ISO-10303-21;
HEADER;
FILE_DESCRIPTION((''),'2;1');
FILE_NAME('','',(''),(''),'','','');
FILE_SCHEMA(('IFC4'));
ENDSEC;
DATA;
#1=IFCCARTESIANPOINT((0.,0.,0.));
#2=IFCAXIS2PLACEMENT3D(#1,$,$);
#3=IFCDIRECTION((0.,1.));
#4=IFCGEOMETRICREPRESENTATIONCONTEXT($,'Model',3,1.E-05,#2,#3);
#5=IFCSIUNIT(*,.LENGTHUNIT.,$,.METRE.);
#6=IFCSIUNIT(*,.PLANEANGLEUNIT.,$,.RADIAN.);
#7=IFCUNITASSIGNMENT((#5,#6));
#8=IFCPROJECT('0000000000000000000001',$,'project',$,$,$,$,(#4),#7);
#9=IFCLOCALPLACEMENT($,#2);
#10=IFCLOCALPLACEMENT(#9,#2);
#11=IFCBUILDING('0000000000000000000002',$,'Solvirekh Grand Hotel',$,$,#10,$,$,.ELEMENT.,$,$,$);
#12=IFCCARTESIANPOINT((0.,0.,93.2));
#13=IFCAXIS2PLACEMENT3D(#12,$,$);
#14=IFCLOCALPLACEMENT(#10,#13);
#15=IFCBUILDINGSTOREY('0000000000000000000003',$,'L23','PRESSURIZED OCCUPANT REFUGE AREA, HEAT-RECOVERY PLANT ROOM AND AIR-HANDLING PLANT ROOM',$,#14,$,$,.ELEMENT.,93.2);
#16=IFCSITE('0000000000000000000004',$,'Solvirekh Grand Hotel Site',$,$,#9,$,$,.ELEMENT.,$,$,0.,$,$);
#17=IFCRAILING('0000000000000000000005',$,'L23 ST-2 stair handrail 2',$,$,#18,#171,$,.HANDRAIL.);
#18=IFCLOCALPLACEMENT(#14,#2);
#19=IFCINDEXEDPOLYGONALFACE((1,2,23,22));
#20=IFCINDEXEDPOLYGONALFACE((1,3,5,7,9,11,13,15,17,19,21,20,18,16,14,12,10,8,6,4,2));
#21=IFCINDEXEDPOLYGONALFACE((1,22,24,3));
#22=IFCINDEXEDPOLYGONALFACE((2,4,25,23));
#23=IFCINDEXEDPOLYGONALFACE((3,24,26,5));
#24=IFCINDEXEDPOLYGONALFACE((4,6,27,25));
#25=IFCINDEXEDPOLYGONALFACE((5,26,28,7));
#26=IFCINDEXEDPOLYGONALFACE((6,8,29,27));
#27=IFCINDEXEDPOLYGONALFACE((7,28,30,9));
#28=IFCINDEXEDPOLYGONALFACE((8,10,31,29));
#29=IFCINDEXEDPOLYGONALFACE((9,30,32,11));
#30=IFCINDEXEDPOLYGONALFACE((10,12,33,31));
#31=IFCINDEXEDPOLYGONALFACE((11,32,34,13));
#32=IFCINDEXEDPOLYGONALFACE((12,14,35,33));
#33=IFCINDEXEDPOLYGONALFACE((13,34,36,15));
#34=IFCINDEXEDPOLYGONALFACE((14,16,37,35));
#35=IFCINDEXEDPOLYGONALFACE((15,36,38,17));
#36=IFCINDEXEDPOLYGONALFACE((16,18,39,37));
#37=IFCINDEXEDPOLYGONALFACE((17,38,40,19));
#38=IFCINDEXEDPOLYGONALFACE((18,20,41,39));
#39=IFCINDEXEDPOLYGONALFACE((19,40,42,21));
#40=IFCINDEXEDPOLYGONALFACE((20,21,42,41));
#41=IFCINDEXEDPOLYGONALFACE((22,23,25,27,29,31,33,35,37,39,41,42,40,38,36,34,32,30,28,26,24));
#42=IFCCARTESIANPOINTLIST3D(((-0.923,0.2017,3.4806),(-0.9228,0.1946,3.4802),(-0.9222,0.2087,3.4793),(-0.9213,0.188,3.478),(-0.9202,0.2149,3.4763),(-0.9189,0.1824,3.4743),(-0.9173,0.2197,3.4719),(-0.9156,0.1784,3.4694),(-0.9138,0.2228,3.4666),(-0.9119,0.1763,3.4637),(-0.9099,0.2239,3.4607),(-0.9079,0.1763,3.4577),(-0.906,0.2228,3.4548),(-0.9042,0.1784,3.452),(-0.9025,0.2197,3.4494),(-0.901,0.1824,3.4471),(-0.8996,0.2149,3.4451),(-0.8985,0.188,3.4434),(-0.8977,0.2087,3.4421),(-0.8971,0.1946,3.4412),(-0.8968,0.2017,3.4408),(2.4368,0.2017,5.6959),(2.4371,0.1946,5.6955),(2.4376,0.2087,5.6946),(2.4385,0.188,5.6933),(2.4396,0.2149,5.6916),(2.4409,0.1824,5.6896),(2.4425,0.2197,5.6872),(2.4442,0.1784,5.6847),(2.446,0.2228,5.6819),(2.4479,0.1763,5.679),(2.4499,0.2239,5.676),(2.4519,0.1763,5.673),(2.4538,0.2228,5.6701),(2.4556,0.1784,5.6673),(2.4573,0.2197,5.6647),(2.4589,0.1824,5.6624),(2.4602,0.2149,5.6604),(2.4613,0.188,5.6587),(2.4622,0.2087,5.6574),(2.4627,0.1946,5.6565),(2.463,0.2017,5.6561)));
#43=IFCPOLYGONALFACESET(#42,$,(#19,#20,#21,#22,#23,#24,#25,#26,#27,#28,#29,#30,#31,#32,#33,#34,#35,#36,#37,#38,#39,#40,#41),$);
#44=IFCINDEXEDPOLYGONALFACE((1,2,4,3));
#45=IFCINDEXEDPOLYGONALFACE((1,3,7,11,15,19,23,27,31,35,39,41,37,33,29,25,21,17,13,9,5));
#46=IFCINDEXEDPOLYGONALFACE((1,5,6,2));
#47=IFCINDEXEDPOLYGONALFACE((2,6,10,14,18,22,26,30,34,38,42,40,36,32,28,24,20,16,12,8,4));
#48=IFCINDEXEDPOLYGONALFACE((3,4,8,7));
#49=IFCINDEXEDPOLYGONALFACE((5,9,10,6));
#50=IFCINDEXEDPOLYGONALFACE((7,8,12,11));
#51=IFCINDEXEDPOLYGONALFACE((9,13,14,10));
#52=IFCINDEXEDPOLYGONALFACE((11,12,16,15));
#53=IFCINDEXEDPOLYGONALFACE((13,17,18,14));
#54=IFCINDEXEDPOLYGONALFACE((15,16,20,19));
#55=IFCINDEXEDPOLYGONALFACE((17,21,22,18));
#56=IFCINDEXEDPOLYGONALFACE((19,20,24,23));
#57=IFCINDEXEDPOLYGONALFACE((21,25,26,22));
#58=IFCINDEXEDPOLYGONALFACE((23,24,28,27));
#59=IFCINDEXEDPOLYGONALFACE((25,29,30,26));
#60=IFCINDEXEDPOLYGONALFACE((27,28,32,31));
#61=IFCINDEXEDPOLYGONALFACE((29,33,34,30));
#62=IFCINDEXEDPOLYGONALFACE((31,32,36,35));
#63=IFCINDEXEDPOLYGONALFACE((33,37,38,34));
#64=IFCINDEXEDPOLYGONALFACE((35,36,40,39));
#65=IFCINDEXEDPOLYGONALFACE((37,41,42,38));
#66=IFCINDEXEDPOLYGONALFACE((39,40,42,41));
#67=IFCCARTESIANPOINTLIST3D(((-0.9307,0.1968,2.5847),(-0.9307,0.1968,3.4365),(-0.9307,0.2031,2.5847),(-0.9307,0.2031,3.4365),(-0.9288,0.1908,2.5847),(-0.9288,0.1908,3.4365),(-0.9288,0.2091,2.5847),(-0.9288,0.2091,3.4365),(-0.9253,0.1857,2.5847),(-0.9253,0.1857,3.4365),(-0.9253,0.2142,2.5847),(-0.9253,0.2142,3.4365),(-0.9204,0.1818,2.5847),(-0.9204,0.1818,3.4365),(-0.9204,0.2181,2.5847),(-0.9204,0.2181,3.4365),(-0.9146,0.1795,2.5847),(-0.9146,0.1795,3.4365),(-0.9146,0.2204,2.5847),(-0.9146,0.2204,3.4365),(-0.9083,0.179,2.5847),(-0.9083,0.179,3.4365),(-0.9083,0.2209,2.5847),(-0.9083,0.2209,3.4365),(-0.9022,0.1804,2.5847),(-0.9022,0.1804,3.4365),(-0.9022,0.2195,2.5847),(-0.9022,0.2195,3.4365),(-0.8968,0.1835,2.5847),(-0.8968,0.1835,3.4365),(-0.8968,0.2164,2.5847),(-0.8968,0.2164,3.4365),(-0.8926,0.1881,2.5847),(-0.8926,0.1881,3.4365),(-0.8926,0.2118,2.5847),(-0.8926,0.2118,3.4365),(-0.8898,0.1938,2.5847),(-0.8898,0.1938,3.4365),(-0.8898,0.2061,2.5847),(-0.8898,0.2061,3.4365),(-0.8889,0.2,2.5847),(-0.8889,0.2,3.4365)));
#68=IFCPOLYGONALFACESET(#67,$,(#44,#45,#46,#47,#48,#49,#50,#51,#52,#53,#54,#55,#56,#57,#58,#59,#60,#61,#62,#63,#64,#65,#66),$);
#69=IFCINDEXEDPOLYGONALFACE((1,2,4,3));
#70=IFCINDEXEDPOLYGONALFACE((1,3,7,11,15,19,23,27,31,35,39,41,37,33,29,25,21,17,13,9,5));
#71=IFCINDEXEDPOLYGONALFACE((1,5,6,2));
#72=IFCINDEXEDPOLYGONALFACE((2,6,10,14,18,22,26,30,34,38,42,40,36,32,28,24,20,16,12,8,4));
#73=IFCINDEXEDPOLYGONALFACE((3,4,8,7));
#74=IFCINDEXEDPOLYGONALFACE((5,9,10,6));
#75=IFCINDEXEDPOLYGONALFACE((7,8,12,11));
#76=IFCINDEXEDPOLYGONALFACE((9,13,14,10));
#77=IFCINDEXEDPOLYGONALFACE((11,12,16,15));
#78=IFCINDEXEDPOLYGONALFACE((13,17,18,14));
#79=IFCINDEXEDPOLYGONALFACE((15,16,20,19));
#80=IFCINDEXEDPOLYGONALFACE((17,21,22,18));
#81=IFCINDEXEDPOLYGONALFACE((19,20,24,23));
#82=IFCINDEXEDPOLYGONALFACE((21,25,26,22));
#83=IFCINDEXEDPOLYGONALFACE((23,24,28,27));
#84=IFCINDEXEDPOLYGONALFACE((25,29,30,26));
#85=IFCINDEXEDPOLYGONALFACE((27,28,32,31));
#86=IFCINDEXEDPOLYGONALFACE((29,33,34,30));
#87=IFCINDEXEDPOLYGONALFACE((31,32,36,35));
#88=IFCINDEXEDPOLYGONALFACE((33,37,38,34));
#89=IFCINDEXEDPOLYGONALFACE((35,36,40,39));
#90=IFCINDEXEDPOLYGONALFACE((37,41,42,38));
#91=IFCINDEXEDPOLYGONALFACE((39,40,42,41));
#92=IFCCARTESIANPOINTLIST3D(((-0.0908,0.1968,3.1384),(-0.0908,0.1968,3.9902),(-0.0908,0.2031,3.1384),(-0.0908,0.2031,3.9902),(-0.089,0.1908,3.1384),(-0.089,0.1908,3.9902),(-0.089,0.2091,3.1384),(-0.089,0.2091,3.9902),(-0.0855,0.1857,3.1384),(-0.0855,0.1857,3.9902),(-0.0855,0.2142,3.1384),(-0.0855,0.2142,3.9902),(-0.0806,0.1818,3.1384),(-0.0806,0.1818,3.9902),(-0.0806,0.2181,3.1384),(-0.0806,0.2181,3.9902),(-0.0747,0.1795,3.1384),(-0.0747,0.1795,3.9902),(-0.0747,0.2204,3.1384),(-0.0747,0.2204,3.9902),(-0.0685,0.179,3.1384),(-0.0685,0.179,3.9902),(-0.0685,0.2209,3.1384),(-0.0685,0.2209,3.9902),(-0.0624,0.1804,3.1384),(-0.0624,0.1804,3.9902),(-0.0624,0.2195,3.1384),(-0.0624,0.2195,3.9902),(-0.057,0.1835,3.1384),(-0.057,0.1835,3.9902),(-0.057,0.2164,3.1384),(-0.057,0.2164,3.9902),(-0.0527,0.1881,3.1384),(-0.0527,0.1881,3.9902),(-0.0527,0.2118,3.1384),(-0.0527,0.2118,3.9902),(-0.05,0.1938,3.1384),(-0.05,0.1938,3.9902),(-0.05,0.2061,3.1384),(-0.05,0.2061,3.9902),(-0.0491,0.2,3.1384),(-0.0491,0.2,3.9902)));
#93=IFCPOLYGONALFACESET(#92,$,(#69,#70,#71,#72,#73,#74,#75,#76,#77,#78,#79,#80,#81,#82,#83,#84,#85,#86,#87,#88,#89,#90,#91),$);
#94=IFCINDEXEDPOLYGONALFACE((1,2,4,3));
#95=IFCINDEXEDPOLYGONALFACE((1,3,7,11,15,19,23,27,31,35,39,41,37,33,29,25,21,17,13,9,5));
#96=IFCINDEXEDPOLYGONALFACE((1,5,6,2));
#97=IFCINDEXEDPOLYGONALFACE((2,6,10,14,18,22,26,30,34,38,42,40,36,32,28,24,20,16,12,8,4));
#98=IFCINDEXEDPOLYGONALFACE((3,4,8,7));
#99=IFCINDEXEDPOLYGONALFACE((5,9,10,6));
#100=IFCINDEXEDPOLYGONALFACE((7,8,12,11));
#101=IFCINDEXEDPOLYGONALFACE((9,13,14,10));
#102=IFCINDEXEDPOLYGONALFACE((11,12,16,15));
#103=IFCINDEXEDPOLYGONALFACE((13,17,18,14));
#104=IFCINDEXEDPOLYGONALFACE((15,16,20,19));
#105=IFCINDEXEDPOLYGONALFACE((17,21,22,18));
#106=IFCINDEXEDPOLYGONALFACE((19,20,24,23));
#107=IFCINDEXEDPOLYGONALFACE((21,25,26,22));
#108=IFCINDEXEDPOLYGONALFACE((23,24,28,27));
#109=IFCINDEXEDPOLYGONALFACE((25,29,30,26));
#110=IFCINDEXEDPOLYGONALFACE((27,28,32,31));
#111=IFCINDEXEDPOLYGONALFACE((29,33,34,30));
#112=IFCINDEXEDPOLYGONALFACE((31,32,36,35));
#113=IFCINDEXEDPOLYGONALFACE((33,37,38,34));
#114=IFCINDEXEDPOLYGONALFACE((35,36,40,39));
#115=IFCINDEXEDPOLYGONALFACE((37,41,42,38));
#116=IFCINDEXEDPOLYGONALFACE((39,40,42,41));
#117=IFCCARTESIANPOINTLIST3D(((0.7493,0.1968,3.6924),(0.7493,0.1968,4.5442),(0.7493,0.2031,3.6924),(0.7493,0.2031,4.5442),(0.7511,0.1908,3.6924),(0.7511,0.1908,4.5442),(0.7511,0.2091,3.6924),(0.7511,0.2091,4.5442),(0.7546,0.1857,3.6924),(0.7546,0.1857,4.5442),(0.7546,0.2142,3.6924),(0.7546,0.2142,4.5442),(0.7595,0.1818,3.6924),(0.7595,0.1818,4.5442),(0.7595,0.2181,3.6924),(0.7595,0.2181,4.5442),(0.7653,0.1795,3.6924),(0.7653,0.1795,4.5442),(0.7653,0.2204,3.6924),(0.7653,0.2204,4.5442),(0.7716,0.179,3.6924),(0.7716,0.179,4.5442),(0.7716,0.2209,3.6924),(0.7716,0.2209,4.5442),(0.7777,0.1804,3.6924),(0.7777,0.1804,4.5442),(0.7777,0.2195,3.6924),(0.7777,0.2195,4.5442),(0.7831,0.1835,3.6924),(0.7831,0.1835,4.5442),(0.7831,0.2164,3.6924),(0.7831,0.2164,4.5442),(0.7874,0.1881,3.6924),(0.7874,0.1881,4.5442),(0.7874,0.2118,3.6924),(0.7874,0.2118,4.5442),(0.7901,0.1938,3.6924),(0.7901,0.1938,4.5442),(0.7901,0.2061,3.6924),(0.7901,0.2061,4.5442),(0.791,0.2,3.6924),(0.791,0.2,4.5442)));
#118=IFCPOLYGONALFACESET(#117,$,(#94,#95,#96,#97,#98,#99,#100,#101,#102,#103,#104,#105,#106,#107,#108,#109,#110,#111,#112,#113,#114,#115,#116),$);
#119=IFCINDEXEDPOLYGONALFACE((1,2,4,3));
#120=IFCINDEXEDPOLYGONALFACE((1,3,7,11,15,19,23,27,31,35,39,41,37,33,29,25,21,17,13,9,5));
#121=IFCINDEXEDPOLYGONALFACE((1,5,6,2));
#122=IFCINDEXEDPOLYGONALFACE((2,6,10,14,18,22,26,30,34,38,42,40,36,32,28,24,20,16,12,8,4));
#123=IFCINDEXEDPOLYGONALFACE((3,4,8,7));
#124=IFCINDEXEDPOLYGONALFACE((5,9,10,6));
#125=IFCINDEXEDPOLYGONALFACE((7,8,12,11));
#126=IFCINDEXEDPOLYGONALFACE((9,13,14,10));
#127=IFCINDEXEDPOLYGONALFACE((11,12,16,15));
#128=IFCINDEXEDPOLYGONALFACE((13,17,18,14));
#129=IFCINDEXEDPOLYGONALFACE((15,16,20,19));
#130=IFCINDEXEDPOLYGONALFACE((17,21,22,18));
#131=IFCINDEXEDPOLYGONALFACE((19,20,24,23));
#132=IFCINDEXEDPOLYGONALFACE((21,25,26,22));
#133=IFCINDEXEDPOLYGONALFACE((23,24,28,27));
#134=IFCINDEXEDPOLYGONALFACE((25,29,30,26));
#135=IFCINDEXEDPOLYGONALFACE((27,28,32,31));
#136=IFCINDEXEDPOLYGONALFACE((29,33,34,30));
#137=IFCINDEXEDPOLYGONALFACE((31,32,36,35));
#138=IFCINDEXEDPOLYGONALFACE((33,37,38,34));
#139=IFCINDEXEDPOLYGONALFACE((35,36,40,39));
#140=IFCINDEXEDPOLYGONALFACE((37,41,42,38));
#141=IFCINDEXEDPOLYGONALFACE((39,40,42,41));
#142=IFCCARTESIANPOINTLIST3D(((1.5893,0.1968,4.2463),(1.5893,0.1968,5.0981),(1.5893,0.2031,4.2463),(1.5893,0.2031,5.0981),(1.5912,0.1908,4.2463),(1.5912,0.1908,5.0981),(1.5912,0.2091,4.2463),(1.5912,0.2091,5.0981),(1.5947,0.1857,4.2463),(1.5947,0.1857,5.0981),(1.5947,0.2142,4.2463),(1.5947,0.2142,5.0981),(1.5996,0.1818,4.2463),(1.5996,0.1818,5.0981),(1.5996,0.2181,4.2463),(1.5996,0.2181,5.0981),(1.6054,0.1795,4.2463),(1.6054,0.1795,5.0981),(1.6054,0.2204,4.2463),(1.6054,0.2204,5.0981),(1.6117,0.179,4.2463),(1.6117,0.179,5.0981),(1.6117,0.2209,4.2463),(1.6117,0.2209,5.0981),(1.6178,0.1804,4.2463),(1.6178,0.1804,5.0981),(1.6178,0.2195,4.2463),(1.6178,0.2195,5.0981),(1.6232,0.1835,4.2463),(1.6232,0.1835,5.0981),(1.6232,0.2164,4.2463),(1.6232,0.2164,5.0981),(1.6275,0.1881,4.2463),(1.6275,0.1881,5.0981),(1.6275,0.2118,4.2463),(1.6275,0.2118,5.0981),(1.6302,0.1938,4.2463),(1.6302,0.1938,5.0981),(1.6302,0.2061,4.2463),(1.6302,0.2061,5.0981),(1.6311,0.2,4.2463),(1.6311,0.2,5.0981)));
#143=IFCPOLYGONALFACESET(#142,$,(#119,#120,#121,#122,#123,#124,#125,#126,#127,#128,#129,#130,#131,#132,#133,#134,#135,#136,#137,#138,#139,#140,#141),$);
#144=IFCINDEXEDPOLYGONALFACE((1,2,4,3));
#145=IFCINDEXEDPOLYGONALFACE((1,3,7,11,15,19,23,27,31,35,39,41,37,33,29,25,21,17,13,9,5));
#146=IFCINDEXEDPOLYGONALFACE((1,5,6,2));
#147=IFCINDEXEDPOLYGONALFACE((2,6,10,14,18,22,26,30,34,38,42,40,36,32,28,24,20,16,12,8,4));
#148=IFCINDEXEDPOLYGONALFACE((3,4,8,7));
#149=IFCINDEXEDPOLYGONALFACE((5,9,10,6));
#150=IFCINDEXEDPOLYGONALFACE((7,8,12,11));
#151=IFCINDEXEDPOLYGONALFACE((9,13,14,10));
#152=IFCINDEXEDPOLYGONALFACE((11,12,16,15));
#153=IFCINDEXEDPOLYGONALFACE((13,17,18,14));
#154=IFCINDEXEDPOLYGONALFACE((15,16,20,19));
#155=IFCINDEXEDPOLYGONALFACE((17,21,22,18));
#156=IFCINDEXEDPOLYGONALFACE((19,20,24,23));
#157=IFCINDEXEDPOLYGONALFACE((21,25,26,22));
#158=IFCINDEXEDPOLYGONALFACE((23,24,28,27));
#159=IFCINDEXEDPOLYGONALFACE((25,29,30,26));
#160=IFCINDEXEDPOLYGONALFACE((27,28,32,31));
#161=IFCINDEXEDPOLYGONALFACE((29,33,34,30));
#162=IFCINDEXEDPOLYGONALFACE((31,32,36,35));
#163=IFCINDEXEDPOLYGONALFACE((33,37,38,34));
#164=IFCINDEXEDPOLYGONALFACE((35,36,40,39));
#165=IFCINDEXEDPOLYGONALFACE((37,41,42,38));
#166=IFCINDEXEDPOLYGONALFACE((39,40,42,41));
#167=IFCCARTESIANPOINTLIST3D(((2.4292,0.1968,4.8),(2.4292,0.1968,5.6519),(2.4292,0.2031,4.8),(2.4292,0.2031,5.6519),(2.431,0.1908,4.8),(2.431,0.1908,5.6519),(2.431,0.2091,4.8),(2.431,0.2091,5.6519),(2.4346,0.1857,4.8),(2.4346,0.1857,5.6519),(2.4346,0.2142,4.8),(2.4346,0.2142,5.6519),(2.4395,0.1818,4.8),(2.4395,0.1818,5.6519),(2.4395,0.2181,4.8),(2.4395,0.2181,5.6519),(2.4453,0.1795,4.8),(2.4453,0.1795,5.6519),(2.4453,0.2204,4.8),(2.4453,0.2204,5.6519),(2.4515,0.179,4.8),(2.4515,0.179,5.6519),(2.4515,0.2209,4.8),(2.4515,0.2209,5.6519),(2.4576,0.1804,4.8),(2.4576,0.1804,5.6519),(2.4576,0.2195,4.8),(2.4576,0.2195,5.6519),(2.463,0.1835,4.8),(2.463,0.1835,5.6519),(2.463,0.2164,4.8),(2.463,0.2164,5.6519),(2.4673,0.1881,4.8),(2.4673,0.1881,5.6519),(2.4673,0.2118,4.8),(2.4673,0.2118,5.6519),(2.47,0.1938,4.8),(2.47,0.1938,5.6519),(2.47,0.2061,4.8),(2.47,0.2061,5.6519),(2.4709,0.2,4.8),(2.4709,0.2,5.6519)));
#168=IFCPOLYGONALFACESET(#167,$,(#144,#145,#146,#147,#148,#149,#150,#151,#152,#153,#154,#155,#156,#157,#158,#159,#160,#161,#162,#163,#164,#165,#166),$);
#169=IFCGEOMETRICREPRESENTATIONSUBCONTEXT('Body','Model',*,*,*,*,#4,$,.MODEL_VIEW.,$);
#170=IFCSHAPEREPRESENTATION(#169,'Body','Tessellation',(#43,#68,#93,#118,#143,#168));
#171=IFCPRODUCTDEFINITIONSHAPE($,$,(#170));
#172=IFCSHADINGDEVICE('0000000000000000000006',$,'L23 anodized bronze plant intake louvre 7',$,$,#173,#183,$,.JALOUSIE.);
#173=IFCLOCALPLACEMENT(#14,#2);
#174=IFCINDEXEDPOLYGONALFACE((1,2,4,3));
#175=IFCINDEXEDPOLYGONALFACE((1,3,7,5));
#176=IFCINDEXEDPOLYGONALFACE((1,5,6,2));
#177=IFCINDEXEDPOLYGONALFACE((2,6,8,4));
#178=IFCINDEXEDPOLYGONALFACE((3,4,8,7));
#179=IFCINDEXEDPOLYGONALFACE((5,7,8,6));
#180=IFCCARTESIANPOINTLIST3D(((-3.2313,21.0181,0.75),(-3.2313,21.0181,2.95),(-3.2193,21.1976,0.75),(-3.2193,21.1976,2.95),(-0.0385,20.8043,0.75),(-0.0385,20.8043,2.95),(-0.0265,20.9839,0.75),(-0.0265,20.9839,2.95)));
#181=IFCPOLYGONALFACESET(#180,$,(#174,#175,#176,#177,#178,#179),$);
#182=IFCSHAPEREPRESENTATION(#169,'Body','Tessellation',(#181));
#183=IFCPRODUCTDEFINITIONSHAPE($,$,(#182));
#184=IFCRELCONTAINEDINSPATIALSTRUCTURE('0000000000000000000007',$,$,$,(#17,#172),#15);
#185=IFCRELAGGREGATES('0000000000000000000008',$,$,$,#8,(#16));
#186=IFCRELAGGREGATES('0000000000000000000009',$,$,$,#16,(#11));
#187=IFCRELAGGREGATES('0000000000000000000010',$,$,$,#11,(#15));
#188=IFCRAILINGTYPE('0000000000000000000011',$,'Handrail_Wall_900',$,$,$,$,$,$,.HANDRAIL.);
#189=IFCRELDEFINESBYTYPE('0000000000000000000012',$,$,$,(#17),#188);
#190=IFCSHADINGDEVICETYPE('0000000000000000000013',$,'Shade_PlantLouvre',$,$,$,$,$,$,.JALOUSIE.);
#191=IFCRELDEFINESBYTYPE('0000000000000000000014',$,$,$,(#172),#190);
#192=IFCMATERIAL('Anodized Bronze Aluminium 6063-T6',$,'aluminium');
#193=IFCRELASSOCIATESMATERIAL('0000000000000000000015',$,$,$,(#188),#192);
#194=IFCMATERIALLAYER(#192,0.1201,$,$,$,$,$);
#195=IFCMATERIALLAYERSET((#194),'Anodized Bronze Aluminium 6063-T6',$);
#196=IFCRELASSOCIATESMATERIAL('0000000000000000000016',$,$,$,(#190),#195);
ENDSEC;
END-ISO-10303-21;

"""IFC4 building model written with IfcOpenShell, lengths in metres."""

from ifc_helpers import new_model, si_unit, direction, frame, origin, origin_2d, place, context, subcontext, project, spatial, rectangle, circle, extrude, material, layer, layer_set, type_object, element, save


model = new_model("IFC4")

# Units and contexts
model_context = context("Model", 3, precision=1e-05, world=origin(), true_north=direction((0.0, 1.0)))
body_context = subcontext(model_context, "Body", "Model", "MODEL_VIEW")
ifc_project = project(units=[si_unit("LENGTHUNIT", "METRE"), si_unit("PLANEANGLEUNIT", "RADIAN")], contexts=[model_context])

# Site, building, storey
site_placement = place(None, origin())
site = spatial("IfcSite", under=ifc_project, at=site_placement, Name="Solvirekh Grand Hotel Site", CompositionType="ELEMENT", RefElevation=0.0)
building_placement = place(site_placement, origin())
building = spatial("IfcBuilding", under=site, at=building_placement, Name="Solvirekh Grand Hotel", CompositionType="ELEMENT")
storey_placement = place(building_placement, frame((0.0, 0.0, 93.2)))
storey = spatial("IfcBuildingStorey", under=building, at=storey_placement, Name="L23", Description="PRESSURIZED OCCUPANT REFUGE AREA, HEAT-RECOVERY PLANT ROOM AND AIR-HANDLING PLANT ROOM", CompositionType="ELEMENT", Elevation=93.2)

# Shared definitions
ifc_material_1 = material(Name="Anodized Bronze Aluminium 6063-T6", Category="aluminium")

# Railing
railing_type_1 = type_object("IfcRailingType", Name="Handrail_Wall_900", PredefinedType="HANDRAIL", material=ifc_material_1)
railing_1_placement = place(storey_placement, frame((-0.9099, 0.2, 2.5847)))
element("IfcRailing", 1, at=railing_1_placement, inside=storey, type_object=railing_type_1, Name="L23 ST-2 stair handrail 2", PredefinedType="HANDRAIL", context=body_context, shape_type="SweptSolid", body=[
    extrude(circle(Radius=0.0239, at=origin_2d()), frame((0.0, 0.0, 0.876), z_axis=(0.834858, 0.0, 0.550465), x_axis=(0.0, 1.0, 0.0)), (0.0, 0.0, 1.0), 4.0244),
    extrude(circle(Radius=0.021, at=origin_2d()), origin(), (0.0, 0.0, 1.0), 0.8518),
    extrude(circle(Radius=0.021, at=origin_2d()), frame((0.8398, 0.0, 0.5537)), (0.0, 0.0, 1.0), 0.8518),
    extrude(circle(Radius=0.021, at=origin_2d()), frame((1.6799, 0.0, 1.1077)), (0.0, 0.0, 1.0), 0.8518),
    extrude(circle(Radius=0.021, at=origin_2d()), frame((2.52, 0.0, 1.6616)), (0.0, 0.0, 1.0), 0.8518),
    extrude(circle(Radius=0.021, at=origin_2d()), frame((3.3599, 0.0, 2.2153)), (0.0, 0.0, 1.0), 0.8518),
])

# Shading device
ifc_layer_1 = layer(ifc_material_1, 0.1201)
ifc_layer_set_1 = layer_set([ifc_layer_1], Name="Anodized Bronze Aluminium 6063-T6")
shading_device_type = type_object("IfcShadingDeviceType", Name="Shade_PlantLouvre", PredefinedType="JALOUSIE", material=ifc_layer_set_1)
shading_device_placement = place(storey_placement, frame((-1.6289, 21.001, 0.75), z_axis=(0.0, 0.0, 1.0), x_axis=(0.997767, -0.066796, 0.0)))
element("IfcShadingDevice", 2, at=shading_device_placement, inside=storey, type_object=shading_device_type, Name="L23 anodized bronze plant intake louvre 7", PredefinedType="JALOUSIE", context=body_context, shape_type="SweptSolid", body=[
    extrude(rectangle(XDim=3.2, YDim=0.1799, at=origin_2d()), origin(), (0.0, 0.0, 1.0), 2.2),
])

save(model, "model.ifc")
